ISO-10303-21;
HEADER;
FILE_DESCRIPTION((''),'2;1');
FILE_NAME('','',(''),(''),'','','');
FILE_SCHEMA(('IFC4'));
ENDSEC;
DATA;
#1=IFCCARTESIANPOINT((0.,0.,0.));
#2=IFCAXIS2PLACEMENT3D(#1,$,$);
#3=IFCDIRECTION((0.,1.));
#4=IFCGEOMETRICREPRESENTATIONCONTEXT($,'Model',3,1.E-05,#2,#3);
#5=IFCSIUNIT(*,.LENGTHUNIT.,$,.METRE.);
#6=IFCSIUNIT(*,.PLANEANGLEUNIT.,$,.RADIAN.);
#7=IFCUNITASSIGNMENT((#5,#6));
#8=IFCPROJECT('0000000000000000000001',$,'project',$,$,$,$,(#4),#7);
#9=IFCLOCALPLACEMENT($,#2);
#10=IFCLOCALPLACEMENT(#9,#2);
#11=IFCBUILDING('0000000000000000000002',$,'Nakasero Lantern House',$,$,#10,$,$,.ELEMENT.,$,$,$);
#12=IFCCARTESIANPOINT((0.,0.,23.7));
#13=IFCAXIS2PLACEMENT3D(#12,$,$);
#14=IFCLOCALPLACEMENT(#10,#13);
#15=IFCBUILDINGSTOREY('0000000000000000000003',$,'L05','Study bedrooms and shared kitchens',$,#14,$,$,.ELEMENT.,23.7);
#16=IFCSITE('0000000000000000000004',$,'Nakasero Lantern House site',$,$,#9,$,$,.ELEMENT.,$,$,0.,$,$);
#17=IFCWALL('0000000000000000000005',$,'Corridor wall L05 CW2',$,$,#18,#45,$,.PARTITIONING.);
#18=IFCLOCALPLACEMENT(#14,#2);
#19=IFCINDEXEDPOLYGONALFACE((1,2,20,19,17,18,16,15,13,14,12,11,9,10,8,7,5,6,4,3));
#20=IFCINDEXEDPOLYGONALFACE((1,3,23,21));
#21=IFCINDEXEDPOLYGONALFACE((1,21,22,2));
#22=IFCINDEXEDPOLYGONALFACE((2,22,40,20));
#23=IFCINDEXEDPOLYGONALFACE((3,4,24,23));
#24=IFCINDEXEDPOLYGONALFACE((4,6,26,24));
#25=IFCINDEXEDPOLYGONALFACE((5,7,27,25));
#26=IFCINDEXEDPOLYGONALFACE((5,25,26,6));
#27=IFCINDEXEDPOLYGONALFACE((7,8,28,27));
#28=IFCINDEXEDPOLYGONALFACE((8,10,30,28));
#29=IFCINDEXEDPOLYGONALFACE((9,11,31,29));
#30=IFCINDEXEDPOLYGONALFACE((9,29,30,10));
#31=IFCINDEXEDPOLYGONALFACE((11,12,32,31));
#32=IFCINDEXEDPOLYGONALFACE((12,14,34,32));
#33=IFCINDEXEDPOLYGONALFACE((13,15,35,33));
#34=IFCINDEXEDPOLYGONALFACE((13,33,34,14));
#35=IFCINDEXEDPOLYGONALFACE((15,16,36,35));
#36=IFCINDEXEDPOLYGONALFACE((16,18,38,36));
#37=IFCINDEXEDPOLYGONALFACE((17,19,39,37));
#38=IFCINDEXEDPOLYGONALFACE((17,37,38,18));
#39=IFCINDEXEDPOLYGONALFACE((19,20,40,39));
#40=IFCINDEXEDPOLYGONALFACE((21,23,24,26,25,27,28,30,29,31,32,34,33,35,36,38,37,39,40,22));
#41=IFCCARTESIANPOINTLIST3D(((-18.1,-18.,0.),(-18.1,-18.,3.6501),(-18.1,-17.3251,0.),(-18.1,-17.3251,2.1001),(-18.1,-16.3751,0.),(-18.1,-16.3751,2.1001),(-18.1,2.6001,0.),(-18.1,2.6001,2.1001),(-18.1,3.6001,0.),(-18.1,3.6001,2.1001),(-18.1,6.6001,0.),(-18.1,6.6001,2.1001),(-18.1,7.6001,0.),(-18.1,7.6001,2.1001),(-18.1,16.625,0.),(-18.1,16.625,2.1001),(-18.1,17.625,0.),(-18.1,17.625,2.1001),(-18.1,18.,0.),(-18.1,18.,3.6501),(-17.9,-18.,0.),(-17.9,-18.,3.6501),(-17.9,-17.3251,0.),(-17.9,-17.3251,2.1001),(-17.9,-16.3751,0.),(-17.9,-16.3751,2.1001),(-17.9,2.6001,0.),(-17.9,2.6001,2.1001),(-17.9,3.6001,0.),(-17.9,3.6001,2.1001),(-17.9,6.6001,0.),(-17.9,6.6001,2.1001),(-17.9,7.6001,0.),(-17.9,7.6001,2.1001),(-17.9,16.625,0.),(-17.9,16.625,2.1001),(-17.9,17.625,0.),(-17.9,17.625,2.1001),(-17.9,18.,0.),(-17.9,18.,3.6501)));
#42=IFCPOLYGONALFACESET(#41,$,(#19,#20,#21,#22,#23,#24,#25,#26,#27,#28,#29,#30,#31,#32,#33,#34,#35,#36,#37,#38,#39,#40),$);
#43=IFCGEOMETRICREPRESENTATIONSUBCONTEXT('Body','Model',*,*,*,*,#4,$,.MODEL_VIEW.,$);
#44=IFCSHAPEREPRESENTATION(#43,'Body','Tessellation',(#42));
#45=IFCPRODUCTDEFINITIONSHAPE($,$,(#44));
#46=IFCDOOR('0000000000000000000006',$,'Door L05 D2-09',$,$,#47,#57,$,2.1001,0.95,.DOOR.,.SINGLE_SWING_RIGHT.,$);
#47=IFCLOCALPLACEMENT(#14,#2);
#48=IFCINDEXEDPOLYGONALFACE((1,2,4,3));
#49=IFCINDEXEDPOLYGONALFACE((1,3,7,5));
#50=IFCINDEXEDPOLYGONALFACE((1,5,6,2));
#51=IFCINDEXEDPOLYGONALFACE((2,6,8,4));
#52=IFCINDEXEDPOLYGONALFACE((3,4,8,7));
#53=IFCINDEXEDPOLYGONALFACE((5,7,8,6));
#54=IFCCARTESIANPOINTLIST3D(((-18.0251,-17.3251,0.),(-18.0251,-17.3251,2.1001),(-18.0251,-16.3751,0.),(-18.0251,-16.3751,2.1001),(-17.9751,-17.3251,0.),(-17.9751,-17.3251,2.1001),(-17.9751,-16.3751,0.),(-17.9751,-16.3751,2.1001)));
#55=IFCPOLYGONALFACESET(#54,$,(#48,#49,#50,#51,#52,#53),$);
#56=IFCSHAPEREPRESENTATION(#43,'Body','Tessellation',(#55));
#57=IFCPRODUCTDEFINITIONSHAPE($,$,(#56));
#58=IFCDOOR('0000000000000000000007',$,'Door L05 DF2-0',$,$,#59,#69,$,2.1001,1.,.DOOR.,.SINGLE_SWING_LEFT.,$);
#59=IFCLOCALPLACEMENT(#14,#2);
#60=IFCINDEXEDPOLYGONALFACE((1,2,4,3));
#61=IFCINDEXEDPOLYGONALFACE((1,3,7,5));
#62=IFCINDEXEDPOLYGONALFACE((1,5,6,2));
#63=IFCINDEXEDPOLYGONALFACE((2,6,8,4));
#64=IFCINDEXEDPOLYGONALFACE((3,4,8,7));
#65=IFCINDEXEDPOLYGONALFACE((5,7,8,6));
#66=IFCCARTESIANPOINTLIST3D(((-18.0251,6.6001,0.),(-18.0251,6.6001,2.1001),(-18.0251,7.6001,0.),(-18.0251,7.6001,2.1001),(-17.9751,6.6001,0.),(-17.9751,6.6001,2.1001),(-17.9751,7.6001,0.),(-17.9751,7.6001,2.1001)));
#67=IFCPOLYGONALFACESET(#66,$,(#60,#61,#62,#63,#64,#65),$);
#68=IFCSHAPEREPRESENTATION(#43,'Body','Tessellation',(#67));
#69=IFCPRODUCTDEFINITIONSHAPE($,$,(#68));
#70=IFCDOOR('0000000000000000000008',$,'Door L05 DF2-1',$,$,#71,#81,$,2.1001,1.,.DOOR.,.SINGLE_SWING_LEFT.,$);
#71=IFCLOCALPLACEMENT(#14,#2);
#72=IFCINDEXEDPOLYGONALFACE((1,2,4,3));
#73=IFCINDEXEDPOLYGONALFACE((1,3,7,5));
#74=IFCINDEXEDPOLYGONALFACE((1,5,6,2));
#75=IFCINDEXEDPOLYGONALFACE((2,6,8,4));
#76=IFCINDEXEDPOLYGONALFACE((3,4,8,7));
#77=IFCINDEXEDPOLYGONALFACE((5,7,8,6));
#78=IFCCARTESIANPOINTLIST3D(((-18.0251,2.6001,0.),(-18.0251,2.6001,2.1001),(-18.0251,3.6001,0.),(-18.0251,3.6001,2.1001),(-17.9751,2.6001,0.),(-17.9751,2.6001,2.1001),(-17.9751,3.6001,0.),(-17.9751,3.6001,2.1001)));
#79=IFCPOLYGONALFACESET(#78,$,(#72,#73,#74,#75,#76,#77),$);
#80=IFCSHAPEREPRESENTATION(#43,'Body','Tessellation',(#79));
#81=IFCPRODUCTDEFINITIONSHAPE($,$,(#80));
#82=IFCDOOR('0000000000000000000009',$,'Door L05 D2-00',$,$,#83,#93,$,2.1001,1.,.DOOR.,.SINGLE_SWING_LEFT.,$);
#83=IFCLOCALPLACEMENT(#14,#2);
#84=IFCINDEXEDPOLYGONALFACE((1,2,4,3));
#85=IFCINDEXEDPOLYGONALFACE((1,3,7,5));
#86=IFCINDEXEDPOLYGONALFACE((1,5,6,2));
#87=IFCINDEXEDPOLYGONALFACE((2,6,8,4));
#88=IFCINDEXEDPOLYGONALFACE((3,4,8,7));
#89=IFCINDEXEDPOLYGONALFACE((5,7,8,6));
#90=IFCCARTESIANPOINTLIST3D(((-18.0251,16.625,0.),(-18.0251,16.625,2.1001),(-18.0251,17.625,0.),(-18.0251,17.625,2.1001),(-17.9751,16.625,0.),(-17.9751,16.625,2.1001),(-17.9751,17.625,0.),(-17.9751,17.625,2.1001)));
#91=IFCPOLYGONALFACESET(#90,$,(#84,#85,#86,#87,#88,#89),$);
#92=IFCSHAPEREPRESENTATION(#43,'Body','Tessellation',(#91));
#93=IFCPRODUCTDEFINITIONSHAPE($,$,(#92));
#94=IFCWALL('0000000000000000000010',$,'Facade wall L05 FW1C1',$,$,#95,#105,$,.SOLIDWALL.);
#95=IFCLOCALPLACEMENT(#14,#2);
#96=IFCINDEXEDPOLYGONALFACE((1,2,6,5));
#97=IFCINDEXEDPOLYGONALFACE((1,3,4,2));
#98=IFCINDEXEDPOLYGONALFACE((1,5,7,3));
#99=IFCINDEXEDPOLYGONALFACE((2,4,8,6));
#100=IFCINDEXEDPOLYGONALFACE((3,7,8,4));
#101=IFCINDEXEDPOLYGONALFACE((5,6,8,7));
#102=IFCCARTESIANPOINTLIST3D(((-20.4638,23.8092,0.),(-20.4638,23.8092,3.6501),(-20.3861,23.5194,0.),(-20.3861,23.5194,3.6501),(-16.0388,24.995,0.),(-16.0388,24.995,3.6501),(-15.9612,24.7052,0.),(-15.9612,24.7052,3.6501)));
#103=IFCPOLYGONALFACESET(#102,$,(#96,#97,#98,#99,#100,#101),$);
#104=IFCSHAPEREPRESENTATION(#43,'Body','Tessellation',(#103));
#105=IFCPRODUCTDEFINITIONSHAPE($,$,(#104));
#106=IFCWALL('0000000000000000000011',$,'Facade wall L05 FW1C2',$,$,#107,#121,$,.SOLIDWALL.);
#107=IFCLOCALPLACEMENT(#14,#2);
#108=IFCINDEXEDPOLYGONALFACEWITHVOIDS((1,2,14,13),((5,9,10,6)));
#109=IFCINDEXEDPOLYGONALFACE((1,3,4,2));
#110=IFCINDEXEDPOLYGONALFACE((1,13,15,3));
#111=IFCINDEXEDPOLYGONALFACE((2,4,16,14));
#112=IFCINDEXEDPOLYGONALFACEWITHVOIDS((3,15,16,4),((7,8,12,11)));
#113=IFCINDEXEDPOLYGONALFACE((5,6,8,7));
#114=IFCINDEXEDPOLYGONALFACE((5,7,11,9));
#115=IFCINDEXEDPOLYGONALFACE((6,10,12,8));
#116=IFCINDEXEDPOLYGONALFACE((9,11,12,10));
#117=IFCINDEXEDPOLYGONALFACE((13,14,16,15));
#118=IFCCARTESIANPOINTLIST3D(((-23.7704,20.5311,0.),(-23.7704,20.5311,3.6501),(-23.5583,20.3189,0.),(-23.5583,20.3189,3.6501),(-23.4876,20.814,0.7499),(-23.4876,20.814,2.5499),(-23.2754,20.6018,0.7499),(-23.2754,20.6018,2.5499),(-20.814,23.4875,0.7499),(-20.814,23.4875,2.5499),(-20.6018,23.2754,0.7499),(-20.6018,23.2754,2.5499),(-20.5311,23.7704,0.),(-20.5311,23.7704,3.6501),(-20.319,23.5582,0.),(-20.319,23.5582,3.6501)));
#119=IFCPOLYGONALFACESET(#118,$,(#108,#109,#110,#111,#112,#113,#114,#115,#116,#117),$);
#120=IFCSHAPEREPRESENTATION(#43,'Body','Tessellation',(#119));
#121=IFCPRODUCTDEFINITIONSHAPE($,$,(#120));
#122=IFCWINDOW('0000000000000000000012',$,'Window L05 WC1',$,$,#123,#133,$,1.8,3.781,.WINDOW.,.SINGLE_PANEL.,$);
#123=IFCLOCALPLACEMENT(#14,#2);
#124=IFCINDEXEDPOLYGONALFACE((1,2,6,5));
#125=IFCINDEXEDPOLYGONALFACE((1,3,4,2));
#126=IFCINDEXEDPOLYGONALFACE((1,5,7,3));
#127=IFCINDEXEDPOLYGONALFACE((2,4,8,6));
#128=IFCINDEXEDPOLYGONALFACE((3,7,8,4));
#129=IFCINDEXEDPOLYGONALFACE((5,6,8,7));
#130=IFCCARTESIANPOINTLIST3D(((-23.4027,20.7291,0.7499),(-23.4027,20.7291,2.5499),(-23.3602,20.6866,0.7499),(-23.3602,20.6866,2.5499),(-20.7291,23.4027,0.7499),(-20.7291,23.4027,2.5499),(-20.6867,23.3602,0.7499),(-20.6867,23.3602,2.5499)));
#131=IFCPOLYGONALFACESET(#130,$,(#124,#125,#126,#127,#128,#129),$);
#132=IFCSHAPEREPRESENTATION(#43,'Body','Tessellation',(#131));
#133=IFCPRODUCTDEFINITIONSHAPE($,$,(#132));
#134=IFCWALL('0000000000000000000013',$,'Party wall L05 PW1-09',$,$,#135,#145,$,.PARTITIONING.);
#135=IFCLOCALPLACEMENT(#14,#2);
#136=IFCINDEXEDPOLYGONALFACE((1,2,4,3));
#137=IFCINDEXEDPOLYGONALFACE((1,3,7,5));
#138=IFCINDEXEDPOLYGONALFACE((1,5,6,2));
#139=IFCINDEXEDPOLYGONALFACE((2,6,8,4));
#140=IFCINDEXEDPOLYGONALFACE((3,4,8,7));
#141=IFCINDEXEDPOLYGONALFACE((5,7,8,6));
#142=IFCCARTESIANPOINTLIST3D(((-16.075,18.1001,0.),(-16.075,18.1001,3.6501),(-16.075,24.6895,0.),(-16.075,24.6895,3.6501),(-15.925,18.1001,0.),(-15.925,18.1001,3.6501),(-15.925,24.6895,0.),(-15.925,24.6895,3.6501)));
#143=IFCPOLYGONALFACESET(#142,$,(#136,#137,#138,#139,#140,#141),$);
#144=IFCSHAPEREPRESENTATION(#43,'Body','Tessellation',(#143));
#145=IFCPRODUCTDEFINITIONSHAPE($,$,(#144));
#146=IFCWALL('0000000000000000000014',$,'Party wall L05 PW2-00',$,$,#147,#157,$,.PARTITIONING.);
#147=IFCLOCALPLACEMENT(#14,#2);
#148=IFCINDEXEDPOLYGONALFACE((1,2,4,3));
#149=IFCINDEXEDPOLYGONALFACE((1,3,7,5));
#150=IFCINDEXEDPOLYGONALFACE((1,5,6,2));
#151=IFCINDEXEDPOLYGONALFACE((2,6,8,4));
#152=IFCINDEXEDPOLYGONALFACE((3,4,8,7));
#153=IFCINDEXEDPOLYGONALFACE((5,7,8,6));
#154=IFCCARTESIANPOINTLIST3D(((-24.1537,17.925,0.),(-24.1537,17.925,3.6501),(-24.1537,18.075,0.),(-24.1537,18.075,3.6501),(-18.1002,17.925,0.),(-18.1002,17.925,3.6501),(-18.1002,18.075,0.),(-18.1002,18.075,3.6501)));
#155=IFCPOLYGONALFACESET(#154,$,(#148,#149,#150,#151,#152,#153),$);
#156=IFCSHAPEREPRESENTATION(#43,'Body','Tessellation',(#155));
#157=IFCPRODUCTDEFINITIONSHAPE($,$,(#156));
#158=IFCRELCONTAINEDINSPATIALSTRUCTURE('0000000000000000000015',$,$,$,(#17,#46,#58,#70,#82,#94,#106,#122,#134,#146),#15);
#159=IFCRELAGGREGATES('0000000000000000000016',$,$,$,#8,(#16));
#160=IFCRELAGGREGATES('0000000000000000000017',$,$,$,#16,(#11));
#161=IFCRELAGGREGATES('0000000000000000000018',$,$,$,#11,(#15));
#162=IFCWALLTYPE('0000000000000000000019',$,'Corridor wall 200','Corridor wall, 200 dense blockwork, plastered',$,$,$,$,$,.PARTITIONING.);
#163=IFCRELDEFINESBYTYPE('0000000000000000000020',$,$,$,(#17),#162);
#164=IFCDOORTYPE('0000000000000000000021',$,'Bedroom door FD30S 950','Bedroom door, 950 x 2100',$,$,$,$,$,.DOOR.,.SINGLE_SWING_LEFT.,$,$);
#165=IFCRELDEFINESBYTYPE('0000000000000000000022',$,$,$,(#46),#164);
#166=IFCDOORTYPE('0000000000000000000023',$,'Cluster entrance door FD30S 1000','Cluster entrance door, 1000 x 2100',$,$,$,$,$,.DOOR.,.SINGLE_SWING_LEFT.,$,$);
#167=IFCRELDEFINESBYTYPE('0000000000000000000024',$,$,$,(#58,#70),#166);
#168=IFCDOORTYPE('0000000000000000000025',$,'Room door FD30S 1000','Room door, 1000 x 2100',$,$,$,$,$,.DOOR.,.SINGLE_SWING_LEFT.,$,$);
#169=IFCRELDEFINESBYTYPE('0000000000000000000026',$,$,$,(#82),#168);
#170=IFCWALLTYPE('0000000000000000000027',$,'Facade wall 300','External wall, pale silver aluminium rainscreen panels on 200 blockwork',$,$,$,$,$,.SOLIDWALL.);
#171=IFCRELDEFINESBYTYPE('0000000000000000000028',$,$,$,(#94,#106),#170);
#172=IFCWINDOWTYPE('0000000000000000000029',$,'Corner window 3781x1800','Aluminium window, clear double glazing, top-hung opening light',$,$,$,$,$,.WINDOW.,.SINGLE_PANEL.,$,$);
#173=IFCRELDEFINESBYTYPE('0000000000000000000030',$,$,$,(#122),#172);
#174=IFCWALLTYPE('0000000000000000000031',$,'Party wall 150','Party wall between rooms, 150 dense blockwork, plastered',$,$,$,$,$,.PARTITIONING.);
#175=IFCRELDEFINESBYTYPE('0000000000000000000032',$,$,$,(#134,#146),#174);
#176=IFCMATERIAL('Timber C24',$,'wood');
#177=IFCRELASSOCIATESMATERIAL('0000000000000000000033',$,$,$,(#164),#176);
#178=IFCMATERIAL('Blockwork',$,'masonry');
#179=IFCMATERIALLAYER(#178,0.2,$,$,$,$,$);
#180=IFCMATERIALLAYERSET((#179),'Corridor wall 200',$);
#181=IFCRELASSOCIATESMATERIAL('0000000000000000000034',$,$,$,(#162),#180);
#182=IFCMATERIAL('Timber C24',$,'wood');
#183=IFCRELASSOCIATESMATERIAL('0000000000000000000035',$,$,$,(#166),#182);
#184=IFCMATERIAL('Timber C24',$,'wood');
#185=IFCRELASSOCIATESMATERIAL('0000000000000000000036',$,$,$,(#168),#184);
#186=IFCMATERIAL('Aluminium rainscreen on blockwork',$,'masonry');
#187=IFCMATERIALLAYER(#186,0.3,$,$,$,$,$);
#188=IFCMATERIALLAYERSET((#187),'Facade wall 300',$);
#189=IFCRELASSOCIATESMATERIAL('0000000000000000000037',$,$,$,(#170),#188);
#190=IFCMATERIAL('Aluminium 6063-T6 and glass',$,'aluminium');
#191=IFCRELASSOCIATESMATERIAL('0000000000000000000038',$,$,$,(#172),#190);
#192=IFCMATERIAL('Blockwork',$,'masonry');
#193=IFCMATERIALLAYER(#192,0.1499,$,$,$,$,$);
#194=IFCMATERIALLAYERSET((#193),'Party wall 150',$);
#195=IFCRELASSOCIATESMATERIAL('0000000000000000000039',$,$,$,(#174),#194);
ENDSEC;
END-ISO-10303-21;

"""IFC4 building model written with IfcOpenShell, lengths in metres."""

from ifc_helpers import new_model, si_unit, direction, frame, frame_2d, origin, place, context, subcontext, project, spatial, rectangle, extrude, material, layer, layer_set, type_object, element, fill, save


model = new_model("IFC4")

# Units and contexts
model_context = context("Model", 3, precision=1e-05, world=origin(), true_north=direction((0.0, 1.0)))
body_context = subcontext(model_context, "Body", "Model", "MODEL_VIEW")
ifc_project = project(units=[si_unit("LENGTHUNIT", "METRE"), si_unit("PLANEANGLEUNIT", "RADIAN")], contexts=[model_context])

# Site, building, storey
site_placement = place(None, origin())
site = spatial("IfcSite", under=ifc_project, at=site_placement, Name="Nakasero Lantern House site", CompositionType="ELEMENT", RefElevation=0.0)
building_placement = place(site_placement, origin())
building = spatial("IfcBuilding", under=site, at=building_placement, Name="Nakasero Lantern House", CompositionType="ELEMENT")
storey_placement = place(building_placement, frame((0.0, 0.0, 23.7)))
storey = spatial("IfcBuildingStorey", under=building, at=storey_placement, Name="L05", Description="Study bedrooms and shared kitchens", CompositionType="ELEMENT", Elevation=23.7)

# Wall, openings, doors
ifc_material_1 = material(Name="Timber C24", Category="wood")
door_type_1 = type_object("IfcDoorType", Name="Bedroom door FD30S 950", Description="Bedroom door, 950 x 2100", OperationType="SINGLE_SWING_LEFT", PredefinedType="DOOR", material=ifc_material_1)
ifc_material_2 = material(Name="Blockwork", Category="masonry")
ifc_layer_1 = layer(ifc_material_2, 0.2)
ifc_layer_set_1 = layer_set([ifc_layer_1], Name="Corridor wall 200")
wall_type_1 = type_object("IfcWallType", Name="Corridor wall 200", Description="Corridor wall, 200 dense blockwork, plastered", PredefinedType="PARTITIONING", material=ifc_layer_set_1)
wall_1_placement = place(storey_placement, frame((-18.0, 18.0, 0.0), z_axis=(0.0, 0.0, 1.0), x_axis=(0.0, -1.0, 0.0)))
wall_1 = element("IfcWall", 1, at=wall_1_placement, inside=storey, type_object=wall_type_1, Name="Corridor wall L05 CW2", PredefinedType="PARTITIONING", context=body_context, shape_type="SweptSolid", body=[
    extrude(rectangle(XDim=36.0, YDim=0.2, at=frame_2d((18.0, 0.0))), origin(), (0.0, 0.0, 1.0), 3.6501),
])
opening_1_placement = place(wall_1_placement, frame((10.3999, 0.0, 0.0)))
opening_1 = element("IfcOpeningElement", 2, at=opening_1_placement, cuts=wall_1, PredefinedType="OPENING", context=body_context, shape_type="SweptSolid", body=[
    extrude(rectangle(XDim=1.0, YDim=2.1001, at=frame_2d((0.5, 1.05))), frame((0.0, 0.1199, 0.0), z_axis=(0.0, -1.0, 0.0), x_axis=(1.0, 0.0, 0.0)), (0.0, 0.0, 1.0), 0.24),
])
opening_2_placement = place(wall_1_placement, frame((14.3999, 0.0, 0.0)))
opening_2 = element("IfcOpeningElement", 3, at=opening_2_placement, cuts=wall_1, PredefinedType="OPENING", context=body_context, shape_type="SweptSolid", body=[
    extrude(rectangle(XDim=1.0, YDim=2.1001, at=frame_2d((0.5, 1.05))), frame((0.0, 0.1199, 0.0), z_axis=(0.0, -1.0, 0.0), x_axis=(1.0, 0.0, 0.0)), (0.0, 0.0, 1.0), 0.24),
])
opening_3_placement = place(wall_1_placement, frame((0.375, 0.0, 0.0)))
opening_3 = element("IfcOpeningElement", 4, at=opening_3_placement, cuts=wall_1, PredefinedType="OPENING", context=body_context, shape_type="SweptSolid", body=[
    extrude(rectangle(XDim=1.0, YDim=2.1001, at=frame_2d((0.5, 1.05))), frame((0.0, 0.1199, 0.0), z_axis=(0.0, -1.0, 0.0), x_axis=(1.0, 0.0, 0.0)), (0.0, 0.0, 1.0), 0.24),
])
opening_4_placement = place(wall_1_placement, frame((34.375, 0.0, 0.0)))
opening_4 = element("IfcOpeningElement", 5, at=opening_4_placement, cuts=wall_1, PredefinedType="OPENING", context=body_context, shape_type="SweptSolid", body=[
    extrude(rectangle(XDim=0.95, YDim=2.1001, at=frame_2d((0.4751, 1.05))), frame((0.0, 0.1199, 0.0), z_axis=(0.0, -1.0, 0.0), x_axis=(1.0, 0.0, 0.0)), (0.0, 0.0, 1.0), 0.24),
])
door_1_placement = place(opening_4_placement, origin())
door_1 = element("IfcDoor", 6, at=door_1_placement, inside=storey, type_object=door_type_1, Name="Door L05 D2-09", OperationType="SINGLE_SWING_RIGHT", OverallHeight=2.1001, OverallWidth=0.95, PredefinedType="DOOR", context=body_context, shape_type="SweptSolid", body=[
    extrude(rectangle(XDim=0.95, YDim=2.1001, at=frame_2d((0.4751, 1.05))), frame((0.0, 0.0249, 0.0), z_axis=(0.0, -1.0, 0.0), x_axis=(1.0, 0.0, 0.0)), (0.0, 0.0, 1.0), 0.05),
])
fill(opening_4, door_1)
ifc_material_3 = material(Name="Timber C24", Category="wood")
door_type_2 = type_object("IfcDoorType", Name="Cluster entrance door FD30S 1000", Description="Cluster entrance door, 1000 x 2100", OperationType="SINGLE_SWING_LEFT", PredefinedType="DOOR", material=ifc_material_3)
door_2_placement = place(opening_1_placement, origin())
door_2 = element("IfcDoor", 7, at=door_2_placement, inside=storey, type_object=door_type_2, Name="Door L05 DF2-0", OperationType="SINGLE_SWING_LEFT", OverallHeight=2.1001, OverallWidth=1.0, PredefinedType="DOOR", context=body_context, shape_type="SweptSolid", body=[
    extrude(rectangle(XDim=1.0, YDim=2.1001, at=frame_2d((0.5, 1.05))), frame((0.0, 0.0249, 0.0), z_axis=(0.0, -1.0, 0.0), x_axis=(1.0, 0.0, 0.0)), (0.0, 0.0, 1.0), 0.05),
])
fill(opening_1, door_2)
door_3_placement = place(opening_2_placement, origin())
door_3 = element("IfcDoor", 8, at=door_3_placement, inside=storey, type_object=door_type_2, Name="Door L05 DF2-1", OperationType="SINGLE_SWING_LEFT", OverallHeight=2.1001, OverallWidth=1.0, PredefinedType="DOOR", context=body_context, shape_type="SweptSolid", body=[
    extrude(rectangle(XDim=1.0, YDim=2.1001, at=frame_2d((0.5, 1.05))), frame((0.0, 0.0249, 0.0), z_axis=(0.0, -1.0, 0.0), x_axis=(1.0, 0.0, 0.0)), (0.0, 0.0, 1.0), 0.05),
])
fill(opening_2, door_3)
ifc_material_4 = material(Name="Timber C24", Category="wood")
door_type_3 = type_object("IfcDoorType", Name="Room door FD30S 1000", Description="Room door, 1000 x 2100", OperationType="SINGLE_SWING_LEFT", PredefinedType="DOOR", material=ifc_material_4)
door_4_placement = place(opening_3_placement, origin())
door_4 = element("IfcDoor", 9, at=door_4_placement, inside=storey, type_object=door_type_3, Name="Door L05 D2-00", OperationType="SINGLE_SWING_LEFT", OverallHeight=2.1001, OverallWidth=1.0, PredefinedType="DOOR", context=body_context, shape_type="SweptSolid", body=[
    extrude(rectangle(XDim=1.0, YDim=2.1001, at=frame_2d((0.5, 1.05))), frame((0.0, 0.0249, 0.0), z_axis=(0.0, -1.0, 0.0), x_axis=(1.0, 0.0, 0.0)), (0.0, 0.0, 1.0), 0.05),
])
fill(opening_3, door_4)

# Wall
ifc_material_5 = material(Name="Aluminium rainscreen on blockwork", Category="masonry")
ifc_layer_2 = layer(ifc_material_5, 0.3)
ifc_layer_set_2 = layer_set([ifc_layer_2], Name="Facade wall 300")
wall_type_2 = type_object("IfcWallType", Name="Facade wall 300", Description="External wall, pale silver aluminium rainscreen panels on 200 blockwork", PredefinedType="SOLIDWALL", material=ifc_layer_set_2)
wall_2_placement = place(storey_placement, frame((-16.0, 24.8501, 0.0), z_axis=(0.0, 0.0, 1.0), x_axis=(-0.96592, -0.25884, 0.0)))
element("IfcWall", 10, at=wall_2_placement, inside=storey, type_object=wall_type_2, Name="Facade wall L05 FW1C1", PredefinedType="SOLIDWALL", context=body_context, shape_type="SweptSolid", body=[
    extrude(rectangle(XDim=4.5811, YDim=0.3, at=frame_2d((2.2905, 0.0))), origin(), (0.0, 0.0, 1.0), 3.6501),
])

# Wall, opening, window
wall_3_placement = place(storey_placement, frame((-20.425, 23.6643, 0.0), z_axis=(0.0, 0.0, 1.0), x_axis=(-0.707107, -0.707107, 0.0)))
wall_3 = element("IfcWall", 11, at=wall_3_placement, inside=storey, type_object=wall_type_2, Name="Facade wall L05 FW1C2", PredefinedType="SOLIDWALL", context=body_context, shape_type="SweptSolid", body=[
    extrude(rectangle(XDim=4.5811, YDim=0.3, at=frame_2d((2.2905, 0.0))), origin(), (0.0, 0.0, 1.0), 3.6501),
])
opening_5_placement = place(wall_3_placement, frame((0.3999, 0.0, 0.75)))
opening_5 = element("IfcOpeningElement", 12, at=opening_5_placement, cuts=wall_3, PredefinedType="OPENING", context=body_context, shape_type="SweptSolid", body=[
    extrude(rectangle(XDim=3.781, YDim=1.8, at=frame_2d((1.8906, 0.8999))), frame((0.0, 0.1699, 0.0), z_axis=(0.0, -1.0, 0.0), x_axis=(1.0, 0.0, 0.0)), (0.0, 0.0, 1.0), 0.3401),
])
ifc_material_6 = material(Name="Aluminium 6063-T6 and glass", Category="aluminium")
window_type = type_object("IfcWindowType", Name="Corner window 3781x1800", Description="Aluminium window, clear double glazing, top-hung opening light", PartitioningType="SINGLE_PANEL", PredefinedType="WINDOW", material=ifc_material_6)
window_placement = place(opening_5_placement, origin())
window = element("IfcWindow", 13, at=window_placement, inside=storey, type_object=window_type, Name="Window L05 WC1", OverallHeight=1.8, OverallWidth=3.781, PartitioningType="SINGLE_PANEL", PredefinedType="WINDOW", context=body_context, shape_type="SweptSolid", body=[
    extrude(rectangle(XDim=3.781, YDim=1.8, at=frame_2d((1.8906, 0.8999))), frame((0.0, 0.03, 0.0), z_axis=(0.0, -1.0, 0.0), x_axis=(1.0, 0.0, 0.0)), (0.0, 0.0, 1.0), 0.0601),
])
fill(opening_5, window)

# Walls
ifc_material_7 = material(Name="Blockwork", Category="masonry")
ifc_layer_3 = layer(ifc_material_7, 0.1499)
ifc_layer_set_3 = layer_set([ifc_layer_3], Name="Party wall 150")
wall_type_3 = type_object("IfcWallType", Name="Party wall 150", Description="Party wall between rooms, 150 dense blockwork, plastered", PredefinedType="PARTITIONING", material=ifc_layer_set_3)
wall_4_placement = place(storey_placement, frame((-16.0, 18.1001, 0.0), z_axis=(0.0, 0.0, 1.0), x_axis=(0.0, 1.0, 0.0)))
element("IfcWall", 14, at=wall_4_placement, inside=storey, type_object=wall_type_3, Name="Party wall L05 PW1-09", PredefinedType="PARTITIONING", context=body_context, shape_type="SweptSolid", body=[
    extrude(rectangle(XDim=6.5894, YDim=0.1499, at=frame_2d((3.2947, 0.0))), origin(), (0.0, 0.0, 1.0), 3.6501),
])
wall_5_placement = place(storey_placement, frame((-18.1001, 18.0, 0.0), z_axis=(0.0, 0.0, 1.0), x_axis=(-1.0, 0.0, 0.0)))
element("IfcWall", 15, at=wall_5_placement, inside=storey, type_object=wall_type_3, Name="Party wall L05 PW2-00", PredefinedType="PARTITIONING", context=body_context, shape_type="SweptSolid", body=[
    extrude(rectangle(XDim=6.0535, YDim=0.1499, at=frame_2d((3.0269, 0.0))), origin(), (0.0, 0.0, 1.0), 3.6501),
])

save(model, "model.ifc")
